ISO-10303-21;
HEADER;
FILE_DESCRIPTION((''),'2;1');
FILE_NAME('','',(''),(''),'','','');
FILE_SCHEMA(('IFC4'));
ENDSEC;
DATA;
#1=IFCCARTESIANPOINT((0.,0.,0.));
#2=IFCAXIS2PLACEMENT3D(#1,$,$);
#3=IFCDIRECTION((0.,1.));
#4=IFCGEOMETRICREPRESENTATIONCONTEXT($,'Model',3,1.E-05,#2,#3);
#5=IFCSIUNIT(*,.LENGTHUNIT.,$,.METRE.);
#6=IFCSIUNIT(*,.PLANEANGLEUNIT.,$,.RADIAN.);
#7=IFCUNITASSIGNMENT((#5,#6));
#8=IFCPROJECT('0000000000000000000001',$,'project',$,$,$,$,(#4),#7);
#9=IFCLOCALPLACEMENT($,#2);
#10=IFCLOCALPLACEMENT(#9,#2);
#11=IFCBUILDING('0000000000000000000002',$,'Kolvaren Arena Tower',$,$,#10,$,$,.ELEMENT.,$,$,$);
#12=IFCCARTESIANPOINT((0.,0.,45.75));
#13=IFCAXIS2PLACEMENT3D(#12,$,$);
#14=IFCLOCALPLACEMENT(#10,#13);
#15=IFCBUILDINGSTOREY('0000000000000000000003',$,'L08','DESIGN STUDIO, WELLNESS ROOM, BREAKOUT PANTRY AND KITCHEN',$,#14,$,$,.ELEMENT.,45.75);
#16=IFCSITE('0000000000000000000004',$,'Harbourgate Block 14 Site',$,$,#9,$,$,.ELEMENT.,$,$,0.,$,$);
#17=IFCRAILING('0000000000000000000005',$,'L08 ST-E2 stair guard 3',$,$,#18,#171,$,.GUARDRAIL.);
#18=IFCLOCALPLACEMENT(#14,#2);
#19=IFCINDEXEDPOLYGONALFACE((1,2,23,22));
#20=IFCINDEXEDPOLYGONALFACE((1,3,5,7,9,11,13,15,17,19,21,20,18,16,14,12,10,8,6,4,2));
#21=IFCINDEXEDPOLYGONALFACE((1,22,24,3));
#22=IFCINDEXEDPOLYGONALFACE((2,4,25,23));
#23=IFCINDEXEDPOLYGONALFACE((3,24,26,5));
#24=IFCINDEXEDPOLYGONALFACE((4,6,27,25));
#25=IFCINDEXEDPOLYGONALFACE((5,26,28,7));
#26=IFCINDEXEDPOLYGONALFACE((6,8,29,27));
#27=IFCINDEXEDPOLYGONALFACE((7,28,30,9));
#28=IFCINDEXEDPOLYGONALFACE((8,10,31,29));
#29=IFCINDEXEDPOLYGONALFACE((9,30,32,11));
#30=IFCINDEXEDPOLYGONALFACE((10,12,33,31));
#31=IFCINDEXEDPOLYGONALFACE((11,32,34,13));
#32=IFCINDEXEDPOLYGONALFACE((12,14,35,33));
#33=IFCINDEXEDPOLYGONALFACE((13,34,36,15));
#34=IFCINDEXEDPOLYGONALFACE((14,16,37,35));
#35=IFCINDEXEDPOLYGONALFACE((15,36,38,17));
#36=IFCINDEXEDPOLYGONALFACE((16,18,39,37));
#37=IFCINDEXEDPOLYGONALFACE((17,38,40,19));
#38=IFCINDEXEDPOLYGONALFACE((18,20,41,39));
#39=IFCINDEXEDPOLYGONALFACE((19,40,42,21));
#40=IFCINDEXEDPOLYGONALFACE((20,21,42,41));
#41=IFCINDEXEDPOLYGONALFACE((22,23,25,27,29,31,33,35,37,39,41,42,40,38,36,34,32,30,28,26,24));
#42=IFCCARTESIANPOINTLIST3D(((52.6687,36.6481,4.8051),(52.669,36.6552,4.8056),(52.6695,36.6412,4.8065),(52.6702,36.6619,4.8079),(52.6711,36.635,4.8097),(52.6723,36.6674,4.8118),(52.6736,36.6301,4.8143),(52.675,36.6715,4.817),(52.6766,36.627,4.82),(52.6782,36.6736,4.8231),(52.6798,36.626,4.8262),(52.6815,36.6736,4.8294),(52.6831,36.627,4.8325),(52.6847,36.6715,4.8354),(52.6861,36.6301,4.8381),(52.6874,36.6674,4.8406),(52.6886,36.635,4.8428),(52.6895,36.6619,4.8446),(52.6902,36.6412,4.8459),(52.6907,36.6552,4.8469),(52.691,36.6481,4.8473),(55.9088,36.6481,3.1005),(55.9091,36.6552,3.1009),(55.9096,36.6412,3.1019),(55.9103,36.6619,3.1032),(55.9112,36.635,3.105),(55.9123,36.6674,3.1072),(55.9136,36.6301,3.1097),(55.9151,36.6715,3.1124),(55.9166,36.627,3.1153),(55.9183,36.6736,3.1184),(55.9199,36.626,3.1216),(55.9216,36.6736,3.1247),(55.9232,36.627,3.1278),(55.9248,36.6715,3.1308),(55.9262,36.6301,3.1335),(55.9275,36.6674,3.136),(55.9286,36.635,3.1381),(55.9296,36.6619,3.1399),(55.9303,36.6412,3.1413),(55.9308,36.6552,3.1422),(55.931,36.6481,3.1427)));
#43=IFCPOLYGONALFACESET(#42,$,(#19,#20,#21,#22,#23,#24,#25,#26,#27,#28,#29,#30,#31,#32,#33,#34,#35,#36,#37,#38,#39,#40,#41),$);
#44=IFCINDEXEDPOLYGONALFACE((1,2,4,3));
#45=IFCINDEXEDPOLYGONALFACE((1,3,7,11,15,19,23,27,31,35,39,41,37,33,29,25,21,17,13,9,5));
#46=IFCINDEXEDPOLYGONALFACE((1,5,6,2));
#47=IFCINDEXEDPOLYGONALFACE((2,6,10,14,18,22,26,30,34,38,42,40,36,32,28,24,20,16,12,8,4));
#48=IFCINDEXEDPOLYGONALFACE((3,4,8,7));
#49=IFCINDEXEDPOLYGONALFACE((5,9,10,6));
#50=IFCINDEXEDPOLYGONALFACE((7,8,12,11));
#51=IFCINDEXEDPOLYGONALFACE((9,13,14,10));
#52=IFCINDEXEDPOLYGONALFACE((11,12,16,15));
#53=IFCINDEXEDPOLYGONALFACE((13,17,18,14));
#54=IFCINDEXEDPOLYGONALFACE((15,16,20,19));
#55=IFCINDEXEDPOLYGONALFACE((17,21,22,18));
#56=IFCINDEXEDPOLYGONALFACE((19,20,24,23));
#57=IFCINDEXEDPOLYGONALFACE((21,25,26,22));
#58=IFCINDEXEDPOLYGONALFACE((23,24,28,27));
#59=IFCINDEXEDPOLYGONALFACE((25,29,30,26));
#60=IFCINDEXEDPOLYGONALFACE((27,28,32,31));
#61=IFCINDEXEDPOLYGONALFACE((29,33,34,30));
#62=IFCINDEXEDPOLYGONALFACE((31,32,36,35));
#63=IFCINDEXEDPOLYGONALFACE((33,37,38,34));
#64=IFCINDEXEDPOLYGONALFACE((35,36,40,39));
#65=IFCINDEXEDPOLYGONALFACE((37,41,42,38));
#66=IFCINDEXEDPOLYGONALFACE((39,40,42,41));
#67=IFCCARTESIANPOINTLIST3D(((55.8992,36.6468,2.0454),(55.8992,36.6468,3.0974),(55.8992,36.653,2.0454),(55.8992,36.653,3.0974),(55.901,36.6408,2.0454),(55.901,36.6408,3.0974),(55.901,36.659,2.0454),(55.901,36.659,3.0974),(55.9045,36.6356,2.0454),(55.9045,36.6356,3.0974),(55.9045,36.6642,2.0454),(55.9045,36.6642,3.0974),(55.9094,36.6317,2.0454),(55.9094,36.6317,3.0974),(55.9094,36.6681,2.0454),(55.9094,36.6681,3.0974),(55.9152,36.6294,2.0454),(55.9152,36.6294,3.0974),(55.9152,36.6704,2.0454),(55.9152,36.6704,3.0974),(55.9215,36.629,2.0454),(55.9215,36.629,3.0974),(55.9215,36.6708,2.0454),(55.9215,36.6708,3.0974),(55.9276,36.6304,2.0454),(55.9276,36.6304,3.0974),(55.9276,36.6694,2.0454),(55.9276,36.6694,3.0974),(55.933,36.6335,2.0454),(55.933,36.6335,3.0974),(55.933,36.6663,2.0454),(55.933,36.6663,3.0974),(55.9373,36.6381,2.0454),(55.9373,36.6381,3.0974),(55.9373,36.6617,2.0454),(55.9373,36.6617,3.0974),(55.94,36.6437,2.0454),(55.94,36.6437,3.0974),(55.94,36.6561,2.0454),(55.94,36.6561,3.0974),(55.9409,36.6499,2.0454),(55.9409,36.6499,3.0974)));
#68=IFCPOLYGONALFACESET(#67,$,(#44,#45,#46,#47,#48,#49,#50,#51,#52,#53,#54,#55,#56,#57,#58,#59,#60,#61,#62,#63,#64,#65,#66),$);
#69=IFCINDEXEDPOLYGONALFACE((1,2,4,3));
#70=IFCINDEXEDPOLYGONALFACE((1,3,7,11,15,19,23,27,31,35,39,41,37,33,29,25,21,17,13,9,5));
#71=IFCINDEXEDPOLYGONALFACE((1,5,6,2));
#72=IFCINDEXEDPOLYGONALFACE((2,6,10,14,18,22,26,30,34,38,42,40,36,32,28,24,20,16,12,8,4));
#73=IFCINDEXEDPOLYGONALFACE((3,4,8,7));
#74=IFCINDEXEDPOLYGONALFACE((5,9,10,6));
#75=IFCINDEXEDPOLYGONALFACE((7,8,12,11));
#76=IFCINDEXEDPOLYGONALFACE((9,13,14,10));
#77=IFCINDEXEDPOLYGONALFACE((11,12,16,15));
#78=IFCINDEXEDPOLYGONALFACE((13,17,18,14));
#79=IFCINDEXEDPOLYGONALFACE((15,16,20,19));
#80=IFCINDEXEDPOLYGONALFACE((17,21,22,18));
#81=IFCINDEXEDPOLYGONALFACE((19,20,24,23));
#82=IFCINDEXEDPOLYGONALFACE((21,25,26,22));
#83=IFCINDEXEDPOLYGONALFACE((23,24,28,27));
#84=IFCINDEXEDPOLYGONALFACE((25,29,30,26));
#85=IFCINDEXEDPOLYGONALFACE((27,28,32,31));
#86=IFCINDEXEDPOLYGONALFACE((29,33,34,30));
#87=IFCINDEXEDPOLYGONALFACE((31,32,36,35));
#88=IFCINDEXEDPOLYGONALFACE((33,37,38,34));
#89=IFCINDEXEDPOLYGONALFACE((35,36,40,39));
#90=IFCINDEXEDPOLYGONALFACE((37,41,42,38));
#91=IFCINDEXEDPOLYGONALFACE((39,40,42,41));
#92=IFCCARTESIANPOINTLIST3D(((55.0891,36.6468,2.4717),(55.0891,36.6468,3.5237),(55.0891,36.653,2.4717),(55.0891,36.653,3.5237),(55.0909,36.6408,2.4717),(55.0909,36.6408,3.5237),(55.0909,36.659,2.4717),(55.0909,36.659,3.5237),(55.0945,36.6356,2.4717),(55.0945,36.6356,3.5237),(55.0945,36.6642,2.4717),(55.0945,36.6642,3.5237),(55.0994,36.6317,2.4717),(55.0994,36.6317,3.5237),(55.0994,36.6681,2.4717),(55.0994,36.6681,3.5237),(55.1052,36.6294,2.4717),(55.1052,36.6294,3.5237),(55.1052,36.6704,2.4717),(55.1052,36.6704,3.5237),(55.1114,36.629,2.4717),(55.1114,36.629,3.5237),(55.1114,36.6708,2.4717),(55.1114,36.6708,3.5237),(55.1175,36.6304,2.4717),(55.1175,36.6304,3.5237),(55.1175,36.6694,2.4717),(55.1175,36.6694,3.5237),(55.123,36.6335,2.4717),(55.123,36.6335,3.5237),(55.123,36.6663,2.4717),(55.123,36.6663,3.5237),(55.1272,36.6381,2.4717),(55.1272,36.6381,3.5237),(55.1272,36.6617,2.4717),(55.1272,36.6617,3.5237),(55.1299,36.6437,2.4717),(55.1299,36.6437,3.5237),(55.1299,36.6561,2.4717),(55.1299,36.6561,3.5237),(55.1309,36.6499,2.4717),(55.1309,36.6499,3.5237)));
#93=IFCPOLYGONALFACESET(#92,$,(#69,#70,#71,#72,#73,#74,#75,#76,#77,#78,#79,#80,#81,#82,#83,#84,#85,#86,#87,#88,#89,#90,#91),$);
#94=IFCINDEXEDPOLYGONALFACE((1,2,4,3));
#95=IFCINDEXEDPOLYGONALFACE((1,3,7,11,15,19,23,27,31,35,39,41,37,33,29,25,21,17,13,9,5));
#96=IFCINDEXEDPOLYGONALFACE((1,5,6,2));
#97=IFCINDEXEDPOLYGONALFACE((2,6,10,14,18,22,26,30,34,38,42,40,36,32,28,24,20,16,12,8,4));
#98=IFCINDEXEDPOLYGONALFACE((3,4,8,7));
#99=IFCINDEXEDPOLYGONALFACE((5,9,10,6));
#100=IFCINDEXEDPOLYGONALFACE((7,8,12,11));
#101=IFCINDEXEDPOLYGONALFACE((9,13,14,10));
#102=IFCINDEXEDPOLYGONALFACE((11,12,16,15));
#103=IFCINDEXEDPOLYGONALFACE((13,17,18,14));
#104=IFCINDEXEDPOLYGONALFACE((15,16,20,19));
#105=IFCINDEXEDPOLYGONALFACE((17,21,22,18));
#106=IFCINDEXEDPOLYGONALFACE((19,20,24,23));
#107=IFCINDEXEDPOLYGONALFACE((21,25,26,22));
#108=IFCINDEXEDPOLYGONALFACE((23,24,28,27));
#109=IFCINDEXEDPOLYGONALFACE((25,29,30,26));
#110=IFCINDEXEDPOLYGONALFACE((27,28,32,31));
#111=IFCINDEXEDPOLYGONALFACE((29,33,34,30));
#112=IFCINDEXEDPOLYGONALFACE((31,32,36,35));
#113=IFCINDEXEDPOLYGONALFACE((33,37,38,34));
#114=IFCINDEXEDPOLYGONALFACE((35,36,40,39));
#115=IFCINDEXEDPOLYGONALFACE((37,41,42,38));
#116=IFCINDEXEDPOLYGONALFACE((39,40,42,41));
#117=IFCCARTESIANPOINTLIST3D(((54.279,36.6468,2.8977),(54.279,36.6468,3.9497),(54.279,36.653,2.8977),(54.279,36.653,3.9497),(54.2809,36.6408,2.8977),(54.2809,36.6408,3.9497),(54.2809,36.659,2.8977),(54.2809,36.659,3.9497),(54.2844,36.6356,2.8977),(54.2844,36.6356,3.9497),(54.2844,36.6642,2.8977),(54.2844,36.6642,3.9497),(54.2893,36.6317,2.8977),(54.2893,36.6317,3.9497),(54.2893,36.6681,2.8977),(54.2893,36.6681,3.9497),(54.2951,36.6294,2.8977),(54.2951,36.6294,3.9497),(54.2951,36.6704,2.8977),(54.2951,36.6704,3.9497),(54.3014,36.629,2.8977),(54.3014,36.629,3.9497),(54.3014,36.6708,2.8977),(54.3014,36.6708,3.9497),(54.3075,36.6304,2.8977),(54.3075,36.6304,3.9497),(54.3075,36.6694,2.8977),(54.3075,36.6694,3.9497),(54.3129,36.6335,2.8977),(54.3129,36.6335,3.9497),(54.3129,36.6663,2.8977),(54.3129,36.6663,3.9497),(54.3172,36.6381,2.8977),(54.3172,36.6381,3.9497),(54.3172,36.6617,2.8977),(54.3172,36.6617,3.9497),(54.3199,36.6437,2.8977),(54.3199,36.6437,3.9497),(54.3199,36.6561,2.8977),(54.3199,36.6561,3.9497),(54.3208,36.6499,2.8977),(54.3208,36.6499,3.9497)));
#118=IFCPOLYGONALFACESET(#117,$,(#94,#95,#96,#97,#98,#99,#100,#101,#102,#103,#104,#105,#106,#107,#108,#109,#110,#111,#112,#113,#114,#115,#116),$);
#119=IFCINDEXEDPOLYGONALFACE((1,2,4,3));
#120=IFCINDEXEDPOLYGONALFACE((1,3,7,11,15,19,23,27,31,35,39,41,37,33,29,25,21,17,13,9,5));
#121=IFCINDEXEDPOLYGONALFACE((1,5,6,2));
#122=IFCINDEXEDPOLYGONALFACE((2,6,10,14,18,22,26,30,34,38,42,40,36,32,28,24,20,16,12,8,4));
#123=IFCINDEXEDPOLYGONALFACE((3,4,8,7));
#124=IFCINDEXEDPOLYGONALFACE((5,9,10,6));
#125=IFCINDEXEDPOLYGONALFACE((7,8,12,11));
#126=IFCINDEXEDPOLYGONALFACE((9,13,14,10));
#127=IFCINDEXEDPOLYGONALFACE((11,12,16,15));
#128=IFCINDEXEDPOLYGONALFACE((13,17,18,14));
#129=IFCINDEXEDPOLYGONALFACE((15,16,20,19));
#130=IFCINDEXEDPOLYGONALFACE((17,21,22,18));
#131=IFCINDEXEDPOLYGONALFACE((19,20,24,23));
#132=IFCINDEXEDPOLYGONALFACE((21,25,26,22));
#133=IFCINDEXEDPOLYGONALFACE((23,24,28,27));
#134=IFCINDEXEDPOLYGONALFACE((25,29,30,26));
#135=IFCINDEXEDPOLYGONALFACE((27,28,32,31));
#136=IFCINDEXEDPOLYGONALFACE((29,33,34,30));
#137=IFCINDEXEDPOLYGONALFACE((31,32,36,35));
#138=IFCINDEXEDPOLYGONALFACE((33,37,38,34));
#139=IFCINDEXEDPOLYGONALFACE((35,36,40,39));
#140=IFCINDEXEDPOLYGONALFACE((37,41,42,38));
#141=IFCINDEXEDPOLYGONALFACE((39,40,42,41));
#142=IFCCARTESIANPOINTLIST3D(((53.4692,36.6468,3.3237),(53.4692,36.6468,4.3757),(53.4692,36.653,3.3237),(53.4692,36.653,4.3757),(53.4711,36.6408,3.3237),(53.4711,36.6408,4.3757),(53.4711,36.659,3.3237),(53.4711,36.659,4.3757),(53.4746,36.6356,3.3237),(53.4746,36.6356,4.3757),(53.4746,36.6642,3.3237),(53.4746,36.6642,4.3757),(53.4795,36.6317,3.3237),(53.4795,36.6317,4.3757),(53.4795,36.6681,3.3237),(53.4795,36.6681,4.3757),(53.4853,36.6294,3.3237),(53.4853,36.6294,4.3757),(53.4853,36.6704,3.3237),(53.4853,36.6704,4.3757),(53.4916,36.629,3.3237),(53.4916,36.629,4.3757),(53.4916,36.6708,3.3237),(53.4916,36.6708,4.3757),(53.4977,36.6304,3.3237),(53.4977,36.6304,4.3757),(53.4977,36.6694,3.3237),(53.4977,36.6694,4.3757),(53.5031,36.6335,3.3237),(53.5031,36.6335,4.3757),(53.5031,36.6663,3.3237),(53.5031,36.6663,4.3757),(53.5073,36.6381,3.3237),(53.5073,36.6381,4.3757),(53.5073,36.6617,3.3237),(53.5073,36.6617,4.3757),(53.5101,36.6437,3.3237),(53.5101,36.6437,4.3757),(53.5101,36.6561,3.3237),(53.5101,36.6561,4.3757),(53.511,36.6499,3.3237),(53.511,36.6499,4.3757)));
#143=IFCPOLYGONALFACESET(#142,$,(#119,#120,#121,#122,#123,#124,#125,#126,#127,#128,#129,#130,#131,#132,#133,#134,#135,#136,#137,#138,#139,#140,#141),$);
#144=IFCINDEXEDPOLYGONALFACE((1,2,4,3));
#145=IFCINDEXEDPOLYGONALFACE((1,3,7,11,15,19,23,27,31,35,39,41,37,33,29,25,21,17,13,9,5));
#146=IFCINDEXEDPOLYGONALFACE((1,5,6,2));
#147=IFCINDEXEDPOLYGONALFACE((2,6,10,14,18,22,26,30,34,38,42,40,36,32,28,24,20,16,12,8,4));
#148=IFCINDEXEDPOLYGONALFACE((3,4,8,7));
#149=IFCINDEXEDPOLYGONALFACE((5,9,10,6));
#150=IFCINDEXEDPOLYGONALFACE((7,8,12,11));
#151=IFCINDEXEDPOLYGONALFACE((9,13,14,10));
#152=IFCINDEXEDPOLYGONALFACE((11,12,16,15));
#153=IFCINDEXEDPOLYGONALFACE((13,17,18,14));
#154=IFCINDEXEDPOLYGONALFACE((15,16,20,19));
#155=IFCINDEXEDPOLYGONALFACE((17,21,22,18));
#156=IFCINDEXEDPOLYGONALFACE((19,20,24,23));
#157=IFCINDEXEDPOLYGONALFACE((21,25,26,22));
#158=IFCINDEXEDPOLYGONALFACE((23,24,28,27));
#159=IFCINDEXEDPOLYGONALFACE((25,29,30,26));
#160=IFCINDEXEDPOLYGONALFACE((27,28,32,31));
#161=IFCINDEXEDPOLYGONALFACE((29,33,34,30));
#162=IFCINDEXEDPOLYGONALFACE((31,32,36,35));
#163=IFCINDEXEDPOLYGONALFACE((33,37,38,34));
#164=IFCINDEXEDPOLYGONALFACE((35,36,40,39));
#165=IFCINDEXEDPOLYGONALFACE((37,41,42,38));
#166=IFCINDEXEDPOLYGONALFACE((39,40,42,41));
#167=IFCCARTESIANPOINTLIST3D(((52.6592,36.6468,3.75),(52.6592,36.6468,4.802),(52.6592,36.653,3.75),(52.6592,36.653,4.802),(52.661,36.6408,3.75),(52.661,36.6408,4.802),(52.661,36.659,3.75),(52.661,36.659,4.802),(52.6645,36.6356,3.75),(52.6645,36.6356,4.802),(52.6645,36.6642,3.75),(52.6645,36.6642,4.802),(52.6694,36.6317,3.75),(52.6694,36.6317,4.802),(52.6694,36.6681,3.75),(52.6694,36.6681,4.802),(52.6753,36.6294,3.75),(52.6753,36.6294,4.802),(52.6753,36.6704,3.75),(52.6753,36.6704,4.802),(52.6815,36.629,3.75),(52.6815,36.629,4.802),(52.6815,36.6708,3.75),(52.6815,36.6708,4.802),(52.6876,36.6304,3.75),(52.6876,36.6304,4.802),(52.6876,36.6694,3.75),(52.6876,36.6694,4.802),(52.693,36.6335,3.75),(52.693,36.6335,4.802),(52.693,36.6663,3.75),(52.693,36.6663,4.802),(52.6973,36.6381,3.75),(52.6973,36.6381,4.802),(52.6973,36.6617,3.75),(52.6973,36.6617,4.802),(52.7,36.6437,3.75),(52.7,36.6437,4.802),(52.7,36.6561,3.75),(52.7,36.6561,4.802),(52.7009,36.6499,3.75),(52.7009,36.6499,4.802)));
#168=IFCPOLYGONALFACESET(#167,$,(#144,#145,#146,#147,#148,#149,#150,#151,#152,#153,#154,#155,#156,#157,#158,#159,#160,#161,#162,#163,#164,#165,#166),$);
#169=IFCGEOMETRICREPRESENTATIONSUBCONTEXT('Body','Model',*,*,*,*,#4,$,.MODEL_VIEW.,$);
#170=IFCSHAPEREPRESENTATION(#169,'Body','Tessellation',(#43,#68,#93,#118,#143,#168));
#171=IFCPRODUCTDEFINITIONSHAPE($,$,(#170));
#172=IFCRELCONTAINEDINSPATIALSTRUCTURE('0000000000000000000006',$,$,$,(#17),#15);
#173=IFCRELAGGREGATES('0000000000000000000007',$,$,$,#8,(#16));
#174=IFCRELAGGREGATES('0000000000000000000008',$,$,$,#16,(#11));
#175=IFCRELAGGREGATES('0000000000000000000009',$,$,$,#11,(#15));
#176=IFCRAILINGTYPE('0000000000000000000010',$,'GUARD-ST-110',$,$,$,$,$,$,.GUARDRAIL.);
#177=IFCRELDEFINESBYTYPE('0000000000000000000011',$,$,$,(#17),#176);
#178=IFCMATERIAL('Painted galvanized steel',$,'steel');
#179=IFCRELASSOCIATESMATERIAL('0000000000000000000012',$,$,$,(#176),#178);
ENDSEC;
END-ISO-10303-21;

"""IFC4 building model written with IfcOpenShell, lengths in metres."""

from ifc_helpers import new_model, si_unit, direction, frame, origin, origin_2d, place, context, subcontext, project, spatial, circle, extrude, material, type_object, element, save


model = new_model("IFC4")

# Units and contexts
model_context = context("Model", 3, precision=1e-05, world=origin(), true_north=direction((0.0, 1.0)))
body_context = subcontext(model_context, "Body", "Model", "MODEL_VIEW")
ifc_project = project(units=[si_unit("LENGTHUNIT", "METRE"), si_unit("PLANEANGLEUNIT", "RADIAN")], contexts=[model_context])

# Site, building, storey
site_placement = place(None, origin())
site = spatial("IfcSite", under=ifc_project, at=site_placement, Name="Harbourgate Block 14 Site", CompositionType="ELEMENT", RefElevation=0.0)
building_placement = place(site_placement, origin())
building = spatial("IfcBuilding", under=site, at=building_placement, Name="Kolvaren Arena Tower", CompositionType="ELEMENT")
storey_placement = place(building_placement, frame((0.0, 0.0, 45.75)))
storey = spatial("IfcBuildingStorey", under=building, at=storey_placement, Name="L08", Description="DESIGN STUDIO, WELLNESS ROOM, BREAKOUT PANTRY AND KITCHEN", CompositionType="ELEMENT", Elevation=45.75)

# Railing
ifc_material_1 = material(Name="Painted galvanized steel", Category="steel")
railing_type = type_object("IfcRailingType", Name="GUARD-ST-110", PredefinedType="GUARDRAIL", material=ifc_material_1)
railing_1_placement = place(storey_placement, frame((55.9199, 36.6499, 2.0454)))
element("IfcRailing", 1, at=railing_1_placement, inside=storey, type_object=railing_type, Name="L08 ST-E2 stair guard 3", PredefinedType="GUARDRAIL", context=body_context, shape_type="SweptSolid", body=[
    extrude(circle(Radius=0.0239, at=origin_2d()), frame((0.0, 0.0, 1.0762), z_axis=(-0.884993, 0.0, 0.465604), x_axis=(0.0, -1.0, 0.0)), (0.0, 0.0, 1.0), 3.6611),
    extrude(circle(Radius=0.021, at=origin_2d()), origin(), (0.0, 0.0, 1.0), 1.052),
    extrude(circle(Radius=0.021, at=origin_2d()), frame((-0.8101, 0.0, 0.4263)), (0.0, 0.0, 1.0), 1.052),
    extrude(circle(Radius=0.021, at=origin_2d()), frame((-1.6201, 0.0, 0.8523)), (0.0, 0.0, 1.0), 1.052),
    extrude(circle(Radius=0.021, at=origin_2d()), frame((-2.4299, 0.0, 1.2783)), (0.0, 0.0, 1.0), 1.052),
    extrude(circle(Radius=0.021, at=origin_2d()), frame((-3.24, 0.0, 1.7046)), (0.0, 0.0, 1.0), 1.052),
])

save(model, "model.ifc")
